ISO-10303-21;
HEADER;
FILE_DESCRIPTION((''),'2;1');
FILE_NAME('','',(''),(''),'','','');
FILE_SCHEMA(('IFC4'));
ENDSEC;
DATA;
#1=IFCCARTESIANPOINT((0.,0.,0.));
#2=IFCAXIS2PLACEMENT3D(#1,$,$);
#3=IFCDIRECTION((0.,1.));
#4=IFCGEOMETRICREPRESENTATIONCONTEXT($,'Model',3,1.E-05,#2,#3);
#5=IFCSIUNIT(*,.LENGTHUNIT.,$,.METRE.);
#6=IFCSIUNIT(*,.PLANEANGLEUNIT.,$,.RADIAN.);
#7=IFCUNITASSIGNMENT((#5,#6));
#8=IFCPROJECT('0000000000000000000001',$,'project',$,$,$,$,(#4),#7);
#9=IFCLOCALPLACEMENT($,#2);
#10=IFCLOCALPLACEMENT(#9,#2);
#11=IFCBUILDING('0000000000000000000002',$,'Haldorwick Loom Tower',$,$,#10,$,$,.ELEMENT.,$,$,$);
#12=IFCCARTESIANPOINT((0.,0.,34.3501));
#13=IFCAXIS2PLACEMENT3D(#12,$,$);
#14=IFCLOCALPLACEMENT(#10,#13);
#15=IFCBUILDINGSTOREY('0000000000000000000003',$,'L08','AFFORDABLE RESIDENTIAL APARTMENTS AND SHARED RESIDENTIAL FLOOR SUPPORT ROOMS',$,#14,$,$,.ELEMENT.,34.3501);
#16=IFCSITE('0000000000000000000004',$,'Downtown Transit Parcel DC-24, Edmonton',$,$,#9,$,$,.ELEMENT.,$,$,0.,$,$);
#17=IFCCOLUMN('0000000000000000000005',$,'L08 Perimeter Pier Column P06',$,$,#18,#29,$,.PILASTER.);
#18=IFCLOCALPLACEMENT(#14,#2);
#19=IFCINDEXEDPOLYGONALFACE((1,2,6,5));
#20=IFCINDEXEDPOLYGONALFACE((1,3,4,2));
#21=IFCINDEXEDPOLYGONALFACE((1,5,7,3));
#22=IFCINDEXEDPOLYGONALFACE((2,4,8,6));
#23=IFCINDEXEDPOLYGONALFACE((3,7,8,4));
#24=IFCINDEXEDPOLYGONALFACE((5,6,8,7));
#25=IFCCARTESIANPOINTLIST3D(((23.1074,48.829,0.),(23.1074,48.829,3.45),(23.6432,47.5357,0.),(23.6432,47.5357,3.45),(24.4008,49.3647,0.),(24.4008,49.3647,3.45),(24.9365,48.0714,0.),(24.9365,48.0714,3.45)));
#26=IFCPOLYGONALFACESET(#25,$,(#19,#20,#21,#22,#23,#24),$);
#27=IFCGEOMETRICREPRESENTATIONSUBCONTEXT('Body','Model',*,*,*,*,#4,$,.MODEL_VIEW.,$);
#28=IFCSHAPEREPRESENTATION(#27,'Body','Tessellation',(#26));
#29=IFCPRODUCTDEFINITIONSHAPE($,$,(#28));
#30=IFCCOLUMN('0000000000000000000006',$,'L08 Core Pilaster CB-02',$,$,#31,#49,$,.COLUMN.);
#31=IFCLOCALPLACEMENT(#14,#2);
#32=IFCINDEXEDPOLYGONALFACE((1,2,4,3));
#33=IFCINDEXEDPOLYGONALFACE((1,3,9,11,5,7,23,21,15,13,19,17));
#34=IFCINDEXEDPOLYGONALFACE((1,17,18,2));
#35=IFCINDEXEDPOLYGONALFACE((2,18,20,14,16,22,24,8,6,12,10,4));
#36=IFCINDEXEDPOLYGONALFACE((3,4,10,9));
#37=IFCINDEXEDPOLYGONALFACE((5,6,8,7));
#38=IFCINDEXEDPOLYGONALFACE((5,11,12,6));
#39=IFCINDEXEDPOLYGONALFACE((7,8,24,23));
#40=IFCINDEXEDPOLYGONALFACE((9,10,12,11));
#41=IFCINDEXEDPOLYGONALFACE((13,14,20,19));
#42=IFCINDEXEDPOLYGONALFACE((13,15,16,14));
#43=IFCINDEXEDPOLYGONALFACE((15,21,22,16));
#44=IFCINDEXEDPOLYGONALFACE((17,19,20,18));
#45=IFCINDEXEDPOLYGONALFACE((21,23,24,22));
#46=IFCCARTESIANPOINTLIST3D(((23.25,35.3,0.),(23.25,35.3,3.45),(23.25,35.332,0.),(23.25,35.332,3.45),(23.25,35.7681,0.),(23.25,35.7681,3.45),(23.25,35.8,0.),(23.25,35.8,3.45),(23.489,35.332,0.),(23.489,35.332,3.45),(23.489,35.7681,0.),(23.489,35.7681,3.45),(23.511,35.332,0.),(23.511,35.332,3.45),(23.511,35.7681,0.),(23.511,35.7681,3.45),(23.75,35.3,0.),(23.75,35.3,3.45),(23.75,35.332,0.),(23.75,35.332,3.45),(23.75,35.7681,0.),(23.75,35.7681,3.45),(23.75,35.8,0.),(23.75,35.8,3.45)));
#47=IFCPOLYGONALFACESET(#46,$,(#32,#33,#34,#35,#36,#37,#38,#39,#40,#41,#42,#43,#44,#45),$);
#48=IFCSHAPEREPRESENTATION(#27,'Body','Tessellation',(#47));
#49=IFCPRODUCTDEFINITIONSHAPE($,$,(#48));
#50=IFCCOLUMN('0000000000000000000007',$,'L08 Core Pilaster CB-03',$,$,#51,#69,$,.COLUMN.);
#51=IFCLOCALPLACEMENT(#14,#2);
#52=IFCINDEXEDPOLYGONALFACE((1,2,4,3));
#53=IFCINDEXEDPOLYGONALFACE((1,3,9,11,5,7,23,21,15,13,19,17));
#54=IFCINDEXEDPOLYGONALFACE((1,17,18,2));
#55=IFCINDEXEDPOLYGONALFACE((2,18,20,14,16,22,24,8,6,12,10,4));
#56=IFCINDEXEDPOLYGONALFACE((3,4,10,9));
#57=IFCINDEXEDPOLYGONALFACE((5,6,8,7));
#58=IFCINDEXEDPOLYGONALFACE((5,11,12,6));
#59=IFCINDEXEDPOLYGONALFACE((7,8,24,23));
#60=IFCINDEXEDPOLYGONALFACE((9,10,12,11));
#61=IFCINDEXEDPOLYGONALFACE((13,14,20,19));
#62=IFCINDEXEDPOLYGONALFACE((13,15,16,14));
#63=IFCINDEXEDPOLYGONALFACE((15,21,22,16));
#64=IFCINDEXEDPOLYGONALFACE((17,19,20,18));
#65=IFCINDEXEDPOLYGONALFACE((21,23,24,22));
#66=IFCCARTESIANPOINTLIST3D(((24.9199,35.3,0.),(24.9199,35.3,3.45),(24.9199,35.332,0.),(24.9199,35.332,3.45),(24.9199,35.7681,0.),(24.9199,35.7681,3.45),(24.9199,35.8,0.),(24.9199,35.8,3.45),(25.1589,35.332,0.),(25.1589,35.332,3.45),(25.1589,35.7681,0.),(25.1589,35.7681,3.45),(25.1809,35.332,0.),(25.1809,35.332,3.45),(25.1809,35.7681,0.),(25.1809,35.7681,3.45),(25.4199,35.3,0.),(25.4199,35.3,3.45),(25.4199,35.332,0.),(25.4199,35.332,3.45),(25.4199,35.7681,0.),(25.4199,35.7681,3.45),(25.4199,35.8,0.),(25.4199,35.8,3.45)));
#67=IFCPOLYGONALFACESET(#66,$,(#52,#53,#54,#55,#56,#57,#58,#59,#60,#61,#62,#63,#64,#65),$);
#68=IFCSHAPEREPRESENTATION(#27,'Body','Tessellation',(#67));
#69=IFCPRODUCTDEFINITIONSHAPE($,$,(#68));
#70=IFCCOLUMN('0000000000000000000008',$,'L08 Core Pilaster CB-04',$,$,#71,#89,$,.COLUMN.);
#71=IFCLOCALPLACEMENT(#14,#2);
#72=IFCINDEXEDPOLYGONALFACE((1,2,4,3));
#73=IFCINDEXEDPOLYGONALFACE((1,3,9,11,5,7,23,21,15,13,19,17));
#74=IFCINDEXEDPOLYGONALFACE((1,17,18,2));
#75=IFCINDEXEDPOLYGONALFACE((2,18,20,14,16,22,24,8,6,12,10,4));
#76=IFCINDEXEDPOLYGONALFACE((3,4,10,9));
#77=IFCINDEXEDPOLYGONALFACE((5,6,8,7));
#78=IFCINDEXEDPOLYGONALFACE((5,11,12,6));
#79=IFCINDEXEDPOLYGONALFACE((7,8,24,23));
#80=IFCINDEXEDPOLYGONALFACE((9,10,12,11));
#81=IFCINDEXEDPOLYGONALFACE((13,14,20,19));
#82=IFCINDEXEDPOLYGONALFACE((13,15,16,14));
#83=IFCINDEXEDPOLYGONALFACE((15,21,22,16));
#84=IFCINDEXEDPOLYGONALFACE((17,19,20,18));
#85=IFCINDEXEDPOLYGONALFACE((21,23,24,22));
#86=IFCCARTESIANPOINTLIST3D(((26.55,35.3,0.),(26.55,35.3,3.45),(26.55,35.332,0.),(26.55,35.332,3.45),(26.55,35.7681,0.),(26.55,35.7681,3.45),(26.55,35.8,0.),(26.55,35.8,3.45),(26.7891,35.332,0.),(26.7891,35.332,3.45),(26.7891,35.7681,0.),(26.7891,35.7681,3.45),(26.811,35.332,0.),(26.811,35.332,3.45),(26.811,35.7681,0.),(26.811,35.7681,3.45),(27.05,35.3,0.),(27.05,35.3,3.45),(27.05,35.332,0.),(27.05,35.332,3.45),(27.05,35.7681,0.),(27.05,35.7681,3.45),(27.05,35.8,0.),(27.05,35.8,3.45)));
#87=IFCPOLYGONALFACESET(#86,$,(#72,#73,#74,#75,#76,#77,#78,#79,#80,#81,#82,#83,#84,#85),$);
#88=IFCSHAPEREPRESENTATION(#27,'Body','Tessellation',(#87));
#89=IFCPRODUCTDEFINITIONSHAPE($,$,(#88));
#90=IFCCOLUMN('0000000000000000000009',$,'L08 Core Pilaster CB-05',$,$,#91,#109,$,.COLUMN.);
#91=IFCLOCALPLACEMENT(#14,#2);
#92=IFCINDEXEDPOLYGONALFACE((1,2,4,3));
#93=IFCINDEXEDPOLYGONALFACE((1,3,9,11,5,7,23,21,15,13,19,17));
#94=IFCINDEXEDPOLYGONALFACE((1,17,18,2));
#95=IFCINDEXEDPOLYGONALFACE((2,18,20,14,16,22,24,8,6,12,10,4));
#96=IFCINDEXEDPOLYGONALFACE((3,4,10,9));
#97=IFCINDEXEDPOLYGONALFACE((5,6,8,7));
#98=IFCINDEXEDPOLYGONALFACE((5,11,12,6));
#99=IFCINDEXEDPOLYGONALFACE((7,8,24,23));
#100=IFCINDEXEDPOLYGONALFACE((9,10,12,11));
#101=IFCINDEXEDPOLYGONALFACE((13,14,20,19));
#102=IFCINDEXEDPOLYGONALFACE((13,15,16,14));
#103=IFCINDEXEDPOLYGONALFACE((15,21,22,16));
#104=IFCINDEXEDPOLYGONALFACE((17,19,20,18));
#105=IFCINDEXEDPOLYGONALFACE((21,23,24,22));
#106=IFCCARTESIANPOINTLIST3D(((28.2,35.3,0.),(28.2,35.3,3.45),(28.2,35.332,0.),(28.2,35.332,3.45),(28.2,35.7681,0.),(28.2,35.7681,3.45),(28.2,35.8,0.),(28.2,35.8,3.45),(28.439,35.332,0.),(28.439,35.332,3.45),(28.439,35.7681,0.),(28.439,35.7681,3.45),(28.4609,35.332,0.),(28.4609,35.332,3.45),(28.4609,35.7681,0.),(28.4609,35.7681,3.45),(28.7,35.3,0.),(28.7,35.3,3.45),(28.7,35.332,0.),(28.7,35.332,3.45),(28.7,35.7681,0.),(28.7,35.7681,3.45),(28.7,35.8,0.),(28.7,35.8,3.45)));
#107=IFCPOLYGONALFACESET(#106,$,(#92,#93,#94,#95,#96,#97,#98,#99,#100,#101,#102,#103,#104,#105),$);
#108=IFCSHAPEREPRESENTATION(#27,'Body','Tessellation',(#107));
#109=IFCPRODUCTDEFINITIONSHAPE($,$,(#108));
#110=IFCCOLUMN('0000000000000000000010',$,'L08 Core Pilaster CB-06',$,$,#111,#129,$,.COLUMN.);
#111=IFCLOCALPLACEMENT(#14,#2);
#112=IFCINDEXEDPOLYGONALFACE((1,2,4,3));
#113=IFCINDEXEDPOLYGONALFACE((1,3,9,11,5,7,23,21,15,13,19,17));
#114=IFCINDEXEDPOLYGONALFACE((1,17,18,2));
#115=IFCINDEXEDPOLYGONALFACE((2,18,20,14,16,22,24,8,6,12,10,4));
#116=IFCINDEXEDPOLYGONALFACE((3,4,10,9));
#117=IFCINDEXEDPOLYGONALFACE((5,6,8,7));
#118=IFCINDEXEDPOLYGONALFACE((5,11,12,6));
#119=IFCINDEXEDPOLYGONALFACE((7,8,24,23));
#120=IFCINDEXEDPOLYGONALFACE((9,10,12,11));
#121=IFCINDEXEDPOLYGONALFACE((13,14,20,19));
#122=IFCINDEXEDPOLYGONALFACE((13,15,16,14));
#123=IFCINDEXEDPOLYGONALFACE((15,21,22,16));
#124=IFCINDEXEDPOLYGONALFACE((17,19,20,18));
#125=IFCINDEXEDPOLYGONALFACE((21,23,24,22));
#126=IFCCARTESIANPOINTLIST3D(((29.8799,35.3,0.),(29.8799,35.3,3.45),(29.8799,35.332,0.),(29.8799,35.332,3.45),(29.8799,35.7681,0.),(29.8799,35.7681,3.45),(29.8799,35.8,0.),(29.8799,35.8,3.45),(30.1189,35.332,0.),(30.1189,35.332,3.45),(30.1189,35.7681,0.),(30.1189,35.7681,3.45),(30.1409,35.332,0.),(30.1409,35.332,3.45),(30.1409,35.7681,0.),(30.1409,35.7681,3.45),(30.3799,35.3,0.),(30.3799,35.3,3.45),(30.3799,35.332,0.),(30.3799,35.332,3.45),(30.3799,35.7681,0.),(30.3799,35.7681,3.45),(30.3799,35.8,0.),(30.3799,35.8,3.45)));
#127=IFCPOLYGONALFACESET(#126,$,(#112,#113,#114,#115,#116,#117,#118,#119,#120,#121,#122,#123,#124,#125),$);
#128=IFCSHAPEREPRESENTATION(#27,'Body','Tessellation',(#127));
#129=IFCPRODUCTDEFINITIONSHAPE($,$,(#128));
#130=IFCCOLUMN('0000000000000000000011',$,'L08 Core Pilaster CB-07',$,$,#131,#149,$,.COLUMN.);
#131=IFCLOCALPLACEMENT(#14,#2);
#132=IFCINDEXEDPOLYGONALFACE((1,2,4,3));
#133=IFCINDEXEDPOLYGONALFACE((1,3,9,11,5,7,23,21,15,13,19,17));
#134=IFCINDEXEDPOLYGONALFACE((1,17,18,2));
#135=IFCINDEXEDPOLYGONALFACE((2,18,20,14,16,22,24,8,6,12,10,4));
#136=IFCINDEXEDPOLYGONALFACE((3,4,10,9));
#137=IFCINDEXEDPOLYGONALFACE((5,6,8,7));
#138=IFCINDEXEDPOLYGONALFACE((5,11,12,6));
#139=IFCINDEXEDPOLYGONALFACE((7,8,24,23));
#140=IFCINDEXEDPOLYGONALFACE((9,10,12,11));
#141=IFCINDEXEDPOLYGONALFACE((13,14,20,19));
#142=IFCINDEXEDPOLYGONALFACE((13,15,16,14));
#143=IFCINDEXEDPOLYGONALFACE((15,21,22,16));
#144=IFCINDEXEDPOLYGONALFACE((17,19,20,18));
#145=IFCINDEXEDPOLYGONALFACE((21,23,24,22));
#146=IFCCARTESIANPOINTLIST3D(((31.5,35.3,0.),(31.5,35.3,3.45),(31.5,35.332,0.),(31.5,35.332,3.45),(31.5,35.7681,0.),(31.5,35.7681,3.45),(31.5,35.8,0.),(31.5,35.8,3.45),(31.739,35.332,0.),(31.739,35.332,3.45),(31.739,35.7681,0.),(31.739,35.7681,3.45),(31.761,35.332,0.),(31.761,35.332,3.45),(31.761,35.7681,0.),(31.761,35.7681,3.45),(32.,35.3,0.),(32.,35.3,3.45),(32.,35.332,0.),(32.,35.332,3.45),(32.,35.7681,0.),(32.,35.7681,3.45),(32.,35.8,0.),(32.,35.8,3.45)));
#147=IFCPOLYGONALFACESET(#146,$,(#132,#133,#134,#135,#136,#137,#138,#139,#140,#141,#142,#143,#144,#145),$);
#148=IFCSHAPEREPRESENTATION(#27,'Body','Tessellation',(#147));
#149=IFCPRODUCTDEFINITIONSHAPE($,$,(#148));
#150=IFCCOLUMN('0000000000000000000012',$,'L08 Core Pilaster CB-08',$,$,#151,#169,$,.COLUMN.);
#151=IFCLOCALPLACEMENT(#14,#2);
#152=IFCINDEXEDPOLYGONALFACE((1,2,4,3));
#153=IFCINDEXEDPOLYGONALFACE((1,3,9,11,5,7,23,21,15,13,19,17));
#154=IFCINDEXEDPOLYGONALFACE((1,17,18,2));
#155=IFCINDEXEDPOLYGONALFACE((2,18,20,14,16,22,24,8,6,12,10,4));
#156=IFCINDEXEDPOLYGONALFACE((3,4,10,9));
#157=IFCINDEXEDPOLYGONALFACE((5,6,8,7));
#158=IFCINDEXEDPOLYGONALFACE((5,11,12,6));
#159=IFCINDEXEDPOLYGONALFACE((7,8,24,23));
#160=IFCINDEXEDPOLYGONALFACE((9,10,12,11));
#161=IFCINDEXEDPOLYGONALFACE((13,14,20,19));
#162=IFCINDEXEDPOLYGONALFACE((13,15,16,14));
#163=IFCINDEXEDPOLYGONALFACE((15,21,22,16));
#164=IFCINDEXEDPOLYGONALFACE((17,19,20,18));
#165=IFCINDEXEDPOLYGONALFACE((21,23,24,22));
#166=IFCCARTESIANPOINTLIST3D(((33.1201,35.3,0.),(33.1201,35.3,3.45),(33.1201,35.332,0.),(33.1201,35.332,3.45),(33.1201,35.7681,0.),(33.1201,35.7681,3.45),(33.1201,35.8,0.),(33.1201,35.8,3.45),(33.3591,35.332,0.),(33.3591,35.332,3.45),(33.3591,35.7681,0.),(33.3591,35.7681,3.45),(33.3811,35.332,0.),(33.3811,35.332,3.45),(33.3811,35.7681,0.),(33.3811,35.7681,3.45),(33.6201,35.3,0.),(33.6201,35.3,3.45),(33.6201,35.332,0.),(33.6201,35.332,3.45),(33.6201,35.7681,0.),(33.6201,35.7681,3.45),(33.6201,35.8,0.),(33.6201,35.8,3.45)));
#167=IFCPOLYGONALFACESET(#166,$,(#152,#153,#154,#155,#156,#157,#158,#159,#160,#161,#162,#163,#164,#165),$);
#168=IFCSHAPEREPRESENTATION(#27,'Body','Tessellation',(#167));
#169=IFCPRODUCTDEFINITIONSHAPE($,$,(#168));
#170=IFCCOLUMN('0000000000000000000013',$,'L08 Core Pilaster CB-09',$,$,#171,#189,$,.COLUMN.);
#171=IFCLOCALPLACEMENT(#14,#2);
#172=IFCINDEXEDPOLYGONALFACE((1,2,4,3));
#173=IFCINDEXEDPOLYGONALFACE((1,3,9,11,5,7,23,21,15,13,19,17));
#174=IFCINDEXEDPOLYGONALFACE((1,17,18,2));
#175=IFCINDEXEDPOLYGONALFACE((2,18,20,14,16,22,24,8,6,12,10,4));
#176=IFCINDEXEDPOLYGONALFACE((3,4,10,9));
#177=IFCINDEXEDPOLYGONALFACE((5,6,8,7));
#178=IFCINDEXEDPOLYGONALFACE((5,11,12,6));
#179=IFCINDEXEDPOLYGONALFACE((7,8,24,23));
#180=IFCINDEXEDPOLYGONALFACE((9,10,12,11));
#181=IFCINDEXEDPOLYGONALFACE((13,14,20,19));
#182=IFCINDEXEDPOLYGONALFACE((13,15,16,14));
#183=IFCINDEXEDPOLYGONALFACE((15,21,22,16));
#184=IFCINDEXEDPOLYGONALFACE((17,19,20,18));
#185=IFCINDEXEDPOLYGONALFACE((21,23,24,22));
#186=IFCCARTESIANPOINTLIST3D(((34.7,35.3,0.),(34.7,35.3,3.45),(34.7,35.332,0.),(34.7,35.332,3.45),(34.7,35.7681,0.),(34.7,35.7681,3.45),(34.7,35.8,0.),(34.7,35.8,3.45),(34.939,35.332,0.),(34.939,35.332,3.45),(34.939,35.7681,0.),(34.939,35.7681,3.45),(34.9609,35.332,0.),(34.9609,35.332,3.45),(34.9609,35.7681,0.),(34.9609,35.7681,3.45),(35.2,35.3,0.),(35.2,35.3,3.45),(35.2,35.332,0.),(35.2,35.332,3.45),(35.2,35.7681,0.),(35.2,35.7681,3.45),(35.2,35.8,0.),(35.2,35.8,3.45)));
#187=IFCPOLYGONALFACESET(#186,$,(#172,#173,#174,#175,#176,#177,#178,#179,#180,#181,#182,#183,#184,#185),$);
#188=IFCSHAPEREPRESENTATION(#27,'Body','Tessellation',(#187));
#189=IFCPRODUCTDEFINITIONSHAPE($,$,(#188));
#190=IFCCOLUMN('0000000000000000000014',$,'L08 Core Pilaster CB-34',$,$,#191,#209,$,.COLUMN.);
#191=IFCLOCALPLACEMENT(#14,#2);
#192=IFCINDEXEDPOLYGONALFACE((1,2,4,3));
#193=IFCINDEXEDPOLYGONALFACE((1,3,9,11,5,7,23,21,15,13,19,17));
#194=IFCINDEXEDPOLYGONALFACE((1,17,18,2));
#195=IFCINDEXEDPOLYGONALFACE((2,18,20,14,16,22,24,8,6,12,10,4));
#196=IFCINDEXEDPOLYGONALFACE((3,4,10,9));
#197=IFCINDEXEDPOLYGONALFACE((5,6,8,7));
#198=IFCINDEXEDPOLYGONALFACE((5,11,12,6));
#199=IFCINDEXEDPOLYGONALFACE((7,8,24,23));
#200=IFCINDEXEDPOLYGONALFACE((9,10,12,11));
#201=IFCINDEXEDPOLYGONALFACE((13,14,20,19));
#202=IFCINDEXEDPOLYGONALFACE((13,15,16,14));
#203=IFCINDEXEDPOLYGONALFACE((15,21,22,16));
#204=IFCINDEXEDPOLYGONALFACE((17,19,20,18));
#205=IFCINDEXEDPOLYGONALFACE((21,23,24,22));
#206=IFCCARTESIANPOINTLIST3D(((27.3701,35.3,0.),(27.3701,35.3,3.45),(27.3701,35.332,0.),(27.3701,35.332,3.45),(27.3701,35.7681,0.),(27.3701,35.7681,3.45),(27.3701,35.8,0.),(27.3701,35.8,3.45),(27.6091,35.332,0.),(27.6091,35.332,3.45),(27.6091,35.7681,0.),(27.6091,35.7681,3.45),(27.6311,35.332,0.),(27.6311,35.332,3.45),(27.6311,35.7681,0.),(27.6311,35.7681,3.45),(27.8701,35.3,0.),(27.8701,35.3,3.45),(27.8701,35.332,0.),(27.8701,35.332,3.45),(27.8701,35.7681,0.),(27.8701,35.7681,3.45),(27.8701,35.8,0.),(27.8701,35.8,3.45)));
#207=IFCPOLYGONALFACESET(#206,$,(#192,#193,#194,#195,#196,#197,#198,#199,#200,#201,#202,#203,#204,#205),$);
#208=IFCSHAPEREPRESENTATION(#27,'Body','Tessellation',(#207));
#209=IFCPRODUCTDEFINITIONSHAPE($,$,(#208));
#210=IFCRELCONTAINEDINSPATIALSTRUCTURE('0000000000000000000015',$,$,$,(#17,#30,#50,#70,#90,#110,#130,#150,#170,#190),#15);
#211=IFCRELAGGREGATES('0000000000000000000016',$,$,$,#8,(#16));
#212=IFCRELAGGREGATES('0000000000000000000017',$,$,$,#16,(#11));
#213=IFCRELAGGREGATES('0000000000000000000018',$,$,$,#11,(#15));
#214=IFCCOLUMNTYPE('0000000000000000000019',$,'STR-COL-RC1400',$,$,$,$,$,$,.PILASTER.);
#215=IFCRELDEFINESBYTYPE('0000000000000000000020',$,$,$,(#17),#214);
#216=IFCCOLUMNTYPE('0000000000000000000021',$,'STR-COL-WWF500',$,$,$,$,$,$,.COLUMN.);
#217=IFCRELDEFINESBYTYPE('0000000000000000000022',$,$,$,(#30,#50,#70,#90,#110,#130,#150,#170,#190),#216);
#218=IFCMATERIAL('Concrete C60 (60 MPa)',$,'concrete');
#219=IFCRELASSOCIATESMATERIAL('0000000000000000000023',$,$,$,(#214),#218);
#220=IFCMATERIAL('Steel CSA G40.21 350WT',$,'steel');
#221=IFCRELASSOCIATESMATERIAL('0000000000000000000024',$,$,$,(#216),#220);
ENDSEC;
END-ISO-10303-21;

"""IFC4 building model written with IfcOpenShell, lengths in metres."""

from ifc_helpers import new_model, si_unit, direction, frame, origin, origin_2d, place, context, subcontext, project, spatial, rectangle, i_section, extrude, material, material_profile, profile_set, type_object, element, save


model = new_model("IFC4")

# Units and contexts
model_context = context("Model", 3, precision=1e-05, world=origin(), true_north=direction((0.0, 1.0)))
body_context = subcontext(model_context, "Body", "Model", "MODEL_VIEW")
ifc_project = project(units=[si_unit("LENGTHUNIT", "METRE"), si_unit("PLANEANGLEUNIT", "RADIAN")], contexts=[model_context])

# Site, building, storey
site_placement = place(None, origin())
site = spatial("IfcSite", under=ifc_project, at=site_placement, Name="Downtown Transit Parcel DC-24, Edmonton", CompositionType="ELEMENT", RefElevation=0.0)
building_placement = place(site_placement, origin())
building = spatial("IfcBuilding", under=site, at=building_placement, Name="Haldorwick Loom Tower", CompositionType="ELEMENT")
storey_placement = place(building_placement, frame((0.0, 0.0, 34.3501)))
storey = spatial("IfcBuildingStorey", under=building, at=storey_placement, Name="L08", Description="AFFORDABLE RESIDENTIAL APARTMENTS AND SHARED RESIDENTIAL FLOOR SUPPORT ROOMS", CompositionType="ELEMENT", Elevation=34.3501)

# Columns
ifc_material_1 = material(Name="Concrete C60 (60 MPa)", Category="concrete")
ifc_material_profile_1 = material_profile(ifc_material_1, rectangle(XDim=1.3999, YDim=1.3999, at=origin_2d()), Name="RC1400X1400", Category="concrete")
ifc_profile_set_1 = profile_set([ifc_material_profile_1], Name="Concrete C60 (60 MPa)")
column_type_1 = type_object("IfcColumnType", Name="STR-COL-RC1400", PredefinedType="PILASTER", material=ifc_profile_set_1)
column_placement = place(storey_placement, frame((24.022, 48.4502, 0.0), z_axis=(0.0, 0.0, 1.0), x_axis=(-0.382683, 0.92388, 0.0)))
element("IfcColumn", 1, at=column_placement, inside=storey, type_object=column_type_1, Name="L08 Perimeter Pier Column P06", PredefinedType="PILASTER", context=body_context, shape_type="SweptSolid", body=[
    extrude(rectangle(XDim=1.3999, YDim=1.3999, at=origin_2d()), origin(), (0.0, 0.0, 1.0), 3.45),
])
ifc_material_2 = material(Name="Steel CSA G40.21 350WT", Category="steel")
ifc_material_profile_2 = material_profile(ifc_material_2, i_section(OverallWidth=0.5, OverallDepth=0.5, WebThickness=0.022, FlangeThickness=0.032, at=origin_2d()), Name="WWF500X500", Category="steel")
ifc_profile_set_2 = profile_set([ifc_material_profile_2], Name="Steel CSA G40.21 350WT")
column_type_2 = type_object("IfcColumnType", Name="STR-COL-WWF500", PredefinedType="COLUMN", material=ifc_profile_set_2)
for number, where, z_axis, x_axis, name in (
    (2, (23.5, 35.55, 0.0), (0.0, 0.0, 1.0), (1.0, 0.0, 0.0), "L08 Core Pilaster CB-02"),
    (3, (25.1699, 35.55, 0.0), (0.0, 0.0, 1.0), (1.0, 0.0, 0.0), "L08 Core Pilaster CB-03"),
    (4, (26.8, 35.55, 0.0), (0.0, 0.0, 1.0), (1.0, 0.0, 0.0), "L08 Core Pilaster CB-04"),
    (5, (28.45, 35.55, 0.0), (0.0, 0.0, 1.0), (1.0, 0.0, 0.0), "L08 Core Pilaster CB-05"),
    (6, (30.1299, 35.55, 0.0), (0.0, 0.0, 1.0), (1.0, 0.0, 0.0), "L08 Core Pilaster CB-06"),
    (7, (31.75, 35.55, 0.0), (0.0, 0.0, 1.0), (1.0, 0.0, 0.0), "L08 Core Pilaster CB-07"),
    (8, (33.3701, 35.55, 0.0), (0.0, 0.0, 1.0), (1.0, 0.0, 0.0), "L08 Core Pilaster CB-08"),
    (9, (34.95, 35.55, 0.0), (0.0, 0.0, 1.0), (1.0, 0.0, 0.0), "L08 Core Pilaster CB-09"),
    (10, (27.6201, 35.55, 0.0), (0.0, 0.0, 1.0), (1.0, 0.0, 0.0), "L08 Core Pilaster CB-34"),
):
    element("IfcColumn", number, at=place(storey_placement, frame(where, z_axis=z_axis, x_axis=x_axis)), inside=storey, type_object=column_type_2, Name=name, PredefinedType="COLUMN", context=body_context, shape_type="SweptSolid", body=[
        extrude(i_section(OverallWidth=0.5, OverallDepth=0.5, WebThickness=0.022, FlangeThickness=0.032, at=origin_2d()), origin(), (0.0, 0.0, 1.0), 3.45),
    ])

save(model, "model.ifc")
